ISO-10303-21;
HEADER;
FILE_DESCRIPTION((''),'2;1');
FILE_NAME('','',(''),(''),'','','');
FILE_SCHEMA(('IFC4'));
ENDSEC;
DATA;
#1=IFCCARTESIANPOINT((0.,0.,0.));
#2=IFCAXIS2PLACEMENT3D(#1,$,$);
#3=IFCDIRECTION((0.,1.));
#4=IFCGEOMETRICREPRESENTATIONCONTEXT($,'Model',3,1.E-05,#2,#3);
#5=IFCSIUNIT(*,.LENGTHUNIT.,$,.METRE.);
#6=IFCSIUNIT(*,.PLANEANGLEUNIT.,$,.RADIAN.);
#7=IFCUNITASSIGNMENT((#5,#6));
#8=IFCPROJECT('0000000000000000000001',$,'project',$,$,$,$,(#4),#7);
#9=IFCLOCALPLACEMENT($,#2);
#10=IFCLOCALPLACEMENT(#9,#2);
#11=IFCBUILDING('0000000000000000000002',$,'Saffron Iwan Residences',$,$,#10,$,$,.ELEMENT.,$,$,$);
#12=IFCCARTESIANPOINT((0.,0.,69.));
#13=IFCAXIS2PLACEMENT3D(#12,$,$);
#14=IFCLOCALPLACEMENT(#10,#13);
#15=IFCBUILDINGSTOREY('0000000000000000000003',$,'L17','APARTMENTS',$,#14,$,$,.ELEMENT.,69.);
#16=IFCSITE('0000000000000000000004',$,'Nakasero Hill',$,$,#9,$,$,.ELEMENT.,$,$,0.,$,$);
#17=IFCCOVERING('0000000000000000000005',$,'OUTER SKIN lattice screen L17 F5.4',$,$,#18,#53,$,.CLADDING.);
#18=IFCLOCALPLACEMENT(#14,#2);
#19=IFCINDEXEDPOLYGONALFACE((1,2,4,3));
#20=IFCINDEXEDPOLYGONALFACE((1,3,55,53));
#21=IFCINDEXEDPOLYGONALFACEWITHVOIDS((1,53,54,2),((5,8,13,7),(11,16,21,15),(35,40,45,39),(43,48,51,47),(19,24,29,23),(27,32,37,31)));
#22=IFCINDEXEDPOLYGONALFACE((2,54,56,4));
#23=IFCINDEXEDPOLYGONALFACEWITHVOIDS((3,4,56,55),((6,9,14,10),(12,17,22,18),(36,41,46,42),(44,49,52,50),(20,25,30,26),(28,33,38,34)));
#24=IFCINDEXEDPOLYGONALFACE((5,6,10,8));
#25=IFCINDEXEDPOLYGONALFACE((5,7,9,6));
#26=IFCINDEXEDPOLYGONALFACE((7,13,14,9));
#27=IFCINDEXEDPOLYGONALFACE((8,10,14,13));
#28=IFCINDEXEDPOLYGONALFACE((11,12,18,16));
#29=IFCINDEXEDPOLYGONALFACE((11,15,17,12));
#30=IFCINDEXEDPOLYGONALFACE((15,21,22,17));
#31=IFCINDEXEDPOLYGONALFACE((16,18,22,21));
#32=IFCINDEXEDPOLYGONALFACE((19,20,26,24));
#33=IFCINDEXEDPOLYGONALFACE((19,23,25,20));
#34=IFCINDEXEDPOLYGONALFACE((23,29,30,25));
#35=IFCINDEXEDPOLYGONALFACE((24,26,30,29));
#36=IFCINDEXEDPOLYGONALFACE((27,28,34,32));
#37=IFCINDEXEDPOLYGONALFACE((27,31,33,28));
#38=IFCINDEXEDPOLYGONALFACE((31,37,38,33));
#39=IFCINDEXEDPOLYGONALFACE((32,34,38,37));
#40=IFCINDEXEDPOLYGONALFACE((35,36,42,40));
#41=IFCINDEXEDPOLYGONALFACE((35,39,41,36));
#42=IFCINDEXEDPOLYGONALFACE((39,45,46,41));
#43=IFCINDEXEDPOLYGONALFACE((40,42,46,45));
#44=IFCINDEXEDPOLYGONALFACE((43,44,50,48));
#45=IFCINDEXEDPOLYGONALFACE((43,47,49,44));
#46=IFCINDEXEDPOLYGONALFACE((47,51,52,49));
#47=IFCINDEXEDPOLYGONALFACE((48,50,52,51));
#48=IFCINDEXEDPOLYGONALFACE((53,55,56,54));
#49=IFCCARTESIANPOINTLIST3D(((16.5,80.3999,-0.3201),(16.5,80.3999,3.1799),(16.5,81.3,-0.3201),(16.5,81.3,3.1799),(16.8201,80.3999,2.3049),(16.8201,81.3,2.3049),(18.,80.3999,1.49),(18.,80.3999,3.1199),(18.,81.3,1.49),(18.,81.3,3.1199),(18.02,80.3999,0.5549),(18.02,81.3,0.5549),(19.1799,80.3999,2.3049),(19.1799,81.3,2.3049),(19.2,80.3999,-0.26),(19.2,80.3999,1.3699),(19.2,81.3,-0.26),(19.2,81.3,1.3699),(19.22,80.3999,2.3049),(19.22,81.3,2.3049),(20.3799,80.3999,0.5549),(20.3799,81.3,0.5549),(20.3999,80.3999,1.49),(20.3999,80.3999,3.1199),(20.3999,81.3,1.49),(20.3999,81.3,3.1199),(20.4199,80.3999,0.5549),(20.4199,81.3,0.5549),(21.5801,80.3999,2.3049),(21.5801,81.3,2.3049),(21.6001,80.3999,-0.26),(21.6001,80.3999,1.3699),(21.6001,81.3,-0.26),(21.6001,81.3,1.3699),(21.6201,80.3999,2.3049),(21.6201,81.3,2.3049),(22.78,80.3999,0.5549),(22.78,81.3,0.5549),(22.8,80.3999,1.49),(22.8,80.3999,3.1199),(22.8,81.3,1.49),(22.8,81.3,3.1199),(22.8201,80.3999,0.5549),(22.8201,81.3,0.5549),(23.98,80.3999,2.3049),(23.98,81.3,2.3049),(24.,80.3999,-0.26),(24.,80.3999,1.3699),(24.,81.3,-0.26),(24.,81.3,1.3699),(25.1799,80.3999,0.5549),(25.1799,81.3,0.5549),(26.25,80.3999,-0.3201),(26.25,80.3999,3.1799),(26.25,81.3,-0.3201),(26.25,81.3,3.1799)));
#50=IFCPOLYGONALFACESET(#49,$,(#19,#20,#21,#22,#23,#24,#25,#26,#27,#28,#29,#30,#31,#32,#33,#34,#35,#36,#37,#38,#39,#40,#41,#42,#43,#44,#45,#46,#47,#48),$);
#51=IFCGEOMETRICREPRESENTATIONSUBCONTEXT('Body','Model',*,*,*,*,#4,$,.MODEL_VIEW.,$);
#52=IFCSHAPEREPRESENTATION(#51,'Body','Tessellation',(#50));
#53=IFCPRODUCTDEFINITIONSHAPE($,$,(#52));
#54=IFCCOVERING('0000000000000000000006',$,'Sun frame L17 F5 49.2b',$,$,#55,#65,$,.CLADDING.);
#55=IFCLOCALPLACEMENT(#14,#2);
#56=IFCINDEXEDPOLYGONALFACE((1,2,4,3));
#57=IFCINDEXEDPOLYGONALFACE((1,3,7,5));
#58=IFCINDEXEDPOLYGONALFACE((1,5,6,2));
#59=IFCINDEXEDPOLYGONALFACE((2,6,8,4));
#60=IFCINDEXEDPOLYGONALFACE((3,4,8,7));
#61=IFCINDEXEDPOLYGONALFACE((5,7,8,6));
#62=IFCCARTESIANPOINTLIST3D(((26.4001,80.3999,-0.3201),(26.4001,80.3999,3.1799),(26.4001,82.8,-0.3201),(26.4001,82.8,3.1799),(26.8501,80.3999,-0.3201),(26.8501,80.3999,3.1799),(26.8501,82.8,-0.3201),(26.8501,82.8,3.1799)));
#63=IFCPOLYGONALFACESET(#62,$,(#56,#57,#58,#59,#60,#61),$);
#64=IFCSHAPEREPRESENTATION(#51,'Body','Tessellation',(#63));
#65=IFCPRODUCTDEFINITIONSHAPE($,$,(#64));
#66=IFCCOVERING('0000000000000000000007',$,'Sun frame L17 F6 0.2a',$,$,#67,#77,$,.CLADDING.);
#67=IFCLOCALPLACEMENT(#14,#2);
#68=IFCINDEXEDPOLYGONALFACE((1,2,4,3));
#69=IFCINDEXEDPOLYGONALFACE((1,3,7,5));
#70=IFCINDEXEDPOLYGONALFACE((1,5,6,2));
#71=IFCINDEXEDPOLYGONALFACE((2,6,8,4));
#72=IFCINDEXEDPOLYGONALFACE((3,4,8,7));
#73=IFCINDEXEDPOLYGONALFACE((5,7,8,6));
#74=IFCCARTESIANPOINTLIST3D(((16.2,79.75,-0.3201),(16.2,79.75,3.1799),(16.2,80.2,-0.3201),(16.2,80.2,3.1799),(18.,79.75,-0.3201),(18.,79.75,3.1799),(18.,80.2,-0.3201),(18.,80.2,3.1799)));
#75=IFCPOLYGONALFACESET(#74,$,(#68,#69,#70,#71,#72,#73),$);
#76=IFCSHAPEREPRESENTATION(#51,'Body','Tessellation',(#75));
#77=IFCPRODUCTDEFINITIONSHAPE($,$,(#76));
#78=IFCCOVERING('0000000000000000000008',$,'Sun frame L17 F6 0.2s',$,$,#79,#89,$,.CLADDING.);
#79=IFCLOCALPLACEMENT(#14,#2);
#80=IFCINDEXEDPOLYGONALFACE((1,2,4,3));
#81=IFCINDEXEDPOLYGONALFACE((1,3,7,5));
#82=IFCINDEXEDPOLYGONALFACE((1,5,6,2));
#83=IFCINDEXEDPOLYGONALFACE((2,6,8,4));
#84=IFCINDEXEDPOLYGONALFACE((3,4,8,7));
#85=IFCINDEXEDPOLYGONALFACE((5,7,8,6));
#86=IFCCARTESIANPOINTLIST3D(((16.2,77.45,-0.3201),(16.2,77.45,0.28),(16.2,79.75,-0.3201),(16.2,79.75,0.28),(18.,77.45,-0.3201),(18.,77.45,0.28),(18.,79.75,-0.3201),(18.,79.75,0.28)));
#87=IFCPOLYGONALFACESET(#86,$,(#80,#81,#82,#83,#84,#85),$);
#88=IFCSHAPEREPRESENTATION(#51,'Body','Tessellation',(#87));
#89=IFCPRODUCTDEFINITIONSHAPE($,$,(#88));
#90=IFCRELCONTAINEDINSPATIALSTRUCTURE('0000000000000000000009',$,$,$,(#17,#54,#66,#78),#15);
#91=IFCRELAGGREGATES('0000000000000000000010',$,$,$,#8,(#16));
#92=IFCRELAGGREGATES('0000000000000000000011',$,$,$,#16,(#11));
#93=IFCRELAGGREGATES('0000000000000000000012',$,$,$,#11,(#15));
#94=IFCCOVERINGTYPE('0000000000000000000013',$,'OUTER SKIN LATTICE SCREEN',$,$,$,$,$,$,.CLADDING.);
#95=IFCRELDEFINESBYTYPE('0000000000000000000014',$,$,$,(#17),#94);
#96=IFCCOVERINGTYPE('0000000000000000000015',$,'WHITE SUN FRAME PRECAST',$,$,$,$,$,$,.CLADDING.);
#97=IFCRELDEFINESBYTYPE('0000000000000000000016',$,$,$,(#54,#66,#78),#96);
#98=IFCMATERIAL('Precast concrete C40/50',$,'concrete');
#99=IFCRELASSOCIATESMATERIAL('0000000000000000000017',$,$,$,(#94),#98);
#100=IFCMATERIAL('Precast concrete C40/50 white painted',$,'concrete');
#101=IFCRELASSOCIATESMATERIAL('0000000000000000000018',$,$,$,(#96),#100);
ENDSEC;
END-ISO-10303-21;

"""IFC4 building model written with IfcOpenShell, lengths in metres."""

from ifc_helpers import new_model, si_unit, direction, frame, origin, place, context, subcontext, project, spatial, polyline, outline, extrude, material, type_object, element, save


model = new_model("IFC4")

# Units and contexts
model_context = context("Model", 3, precision=1e-05, world=origin(), true_north=direction((0.0, 1.0)))
body_context = subcontext(model_context, "Body", "Model", "MODEL_VIEW")
ifc_project = project(units=[si_unit("LENGTHUNIT", "METRE"), si_unit("PLANEANGLEUNIT", "RADIAN")], contexts=[model_context])

# Site, building, storey
site_placement = place(None, origin())
site = spatial("IfcSite", under=ifc_project, at=site_placement, Name="Nakasero Hill", CompositionType="ELEMENT", RefElevation=0.0)
building_placement = place(site_placement, origin())
building = spatial("IfcBuilding", under=site, at=building_placement, Name="Saffron Iwan Residences", CompositionType="ELEMENT")
storey_placement = place(building_placement, frame((0.0, 0.0, 69.0)))
storey = spatial("IfcBuildingStorey", under=building, at=storey_placement, Name="L17", Description="APARTMENTS", CompositionType="ELEMENT", Elevation=69.0)

# Coverings
ifc_material_1 = material(Name="Precast concrete C40/50", Category="concrete")
covering_type_1 = type_object("IfcCoveringType", Name="OUTER SKIN LATTICE SCREEN", PredefinedType="CLADDING", material=ifc_material_1)
covering_1_placement = place(storey_placement, frame((26.25, 80.3999, -0.3201), z_axis=(0.0, 1.0, 0.0), x_axis=(-1.0, 0.0, 0.0)))
element("IfcCovering", 1, at=covering_1_placement, inside=storey, type_object=covering_type_1, Name="OUTER SKIN lattice screen L17 F5.4", PredefinedType="CLADDING", context=body_context, shape_type="SweptSolid", body=[
    extrude(outline(polyline([(0.0, 0.0), (9.75, 0.0), (9.75, 3.5), (0.0, 3.5), (0.0, 0.0)]), holes=[polyline([(1.0701, 0.875), (2.25, 0.0601), (3.4299, 0.875), (2.25, 1.6899), (1.0701, 0.875)]), polyline([(3.47, 0.875), (4.6499, 0.0601), (5.8301, 0.875), (4.6499, 1.6899), (3.47, 0.875)]), polyline([(5.8701, 0.875), (7.05, 0.0601), (8.23, 0.875), (7.05, 1.6899), (5.8701, 0.875)]), polyline([(2.27, 2.625), (3.45, 1.8101), (4.6299, 2.625), (3.45, 3.4399), (2.27, 2.625)]), polyline([(4.6699, 2.625), (5.8501, 1.8101), (7.03, 2.625), (5.8501, 3.4399), (4.6699, 2.625)]), polyline([(7.0701, 2.625), (8.25, 1.8101), (9.4299, 2.625), (8.25, 3.4399), (7.0701, 2.625)])]), origin(), (0.0, 0.0, 1.0), 0.9001),
])
ifc_material_2 = material(Name="Precast concrete C40/50 white painted", Category="concrete")
covering_type_2 = type_object("IfcCoveringType", Name="WHITE SUN FRAME PRECAST", PredefinedType="CLADDING", material=ifc_material_2)
covering_2_placement = place(storey_placement, frame((26.8501, 80.3999, -0.3201), z_axis=(0.0, 1.0, 0.0), x_axis=(-1.0, 0.0, 0.0)))
element("IfcCovering", 2, at=covering_2_placement, inside=storey, type_object=covering_type_2, Name="Sun frame L17 F5 49.2b", PredefinedType="CLADDING", context=body_context, shape_type="SweptSolid", body=[
    extrude(outline(polyline([(0.0, 0.0), (0.45, 0.0), (0.45, 3.5), (0.0, 3.5), (0.0, 0.0)])), origin(), (0.0, 0.0, 1.0), 2.4001),
])
covering_3_placement = place(storey_placement, frame((18.0, 80.2, -0.3201), z_axis=(-1.0, 0.0, 0.0), x_axis=(0.0, -1.0, 0.0)))
element("IfcCovering", 3, at=covering_3_placement, inside=storey, type_object=covering_type_2, Name="Sun frame L17 F6 0.2a", PredefinedType="CLADDING", context=body_context, shape_type="SweptSolid", body=[
    extrude(outline(polyline([(0.0, 0.0), (0.45, 0.0), (0.45, 3.5), (0.0, 3.5), (0.0, 0.0)])), origin(), (0.0, 0.0, 1.0), 1.8),
])
covering_4_placement = place(storey_placement, frame((18.0, 79.75, -0.3201), z_axis=(-1.0, 0.0, 0.0), x_axis=(0.0, -1.0, 0.0)))
element("IfcCovering", 4, at=covering_4_placement, inside=storey, type_object=covering_type_2, Name="Sun frame L17 F6 0.2s", PredefinedType="CLADDING", context=body_context, shape_type="SweptSolid", body=[
    extrude(outline(polyline([(0.0, 0.0), (2.3, 0.0), (2.3, 0.6001), (0.0, 0.6001), (0.0, 0.0)])), origin(), (0.0, 0.0, 1.0), 1.8),
])

save(model, "model.ifc")
